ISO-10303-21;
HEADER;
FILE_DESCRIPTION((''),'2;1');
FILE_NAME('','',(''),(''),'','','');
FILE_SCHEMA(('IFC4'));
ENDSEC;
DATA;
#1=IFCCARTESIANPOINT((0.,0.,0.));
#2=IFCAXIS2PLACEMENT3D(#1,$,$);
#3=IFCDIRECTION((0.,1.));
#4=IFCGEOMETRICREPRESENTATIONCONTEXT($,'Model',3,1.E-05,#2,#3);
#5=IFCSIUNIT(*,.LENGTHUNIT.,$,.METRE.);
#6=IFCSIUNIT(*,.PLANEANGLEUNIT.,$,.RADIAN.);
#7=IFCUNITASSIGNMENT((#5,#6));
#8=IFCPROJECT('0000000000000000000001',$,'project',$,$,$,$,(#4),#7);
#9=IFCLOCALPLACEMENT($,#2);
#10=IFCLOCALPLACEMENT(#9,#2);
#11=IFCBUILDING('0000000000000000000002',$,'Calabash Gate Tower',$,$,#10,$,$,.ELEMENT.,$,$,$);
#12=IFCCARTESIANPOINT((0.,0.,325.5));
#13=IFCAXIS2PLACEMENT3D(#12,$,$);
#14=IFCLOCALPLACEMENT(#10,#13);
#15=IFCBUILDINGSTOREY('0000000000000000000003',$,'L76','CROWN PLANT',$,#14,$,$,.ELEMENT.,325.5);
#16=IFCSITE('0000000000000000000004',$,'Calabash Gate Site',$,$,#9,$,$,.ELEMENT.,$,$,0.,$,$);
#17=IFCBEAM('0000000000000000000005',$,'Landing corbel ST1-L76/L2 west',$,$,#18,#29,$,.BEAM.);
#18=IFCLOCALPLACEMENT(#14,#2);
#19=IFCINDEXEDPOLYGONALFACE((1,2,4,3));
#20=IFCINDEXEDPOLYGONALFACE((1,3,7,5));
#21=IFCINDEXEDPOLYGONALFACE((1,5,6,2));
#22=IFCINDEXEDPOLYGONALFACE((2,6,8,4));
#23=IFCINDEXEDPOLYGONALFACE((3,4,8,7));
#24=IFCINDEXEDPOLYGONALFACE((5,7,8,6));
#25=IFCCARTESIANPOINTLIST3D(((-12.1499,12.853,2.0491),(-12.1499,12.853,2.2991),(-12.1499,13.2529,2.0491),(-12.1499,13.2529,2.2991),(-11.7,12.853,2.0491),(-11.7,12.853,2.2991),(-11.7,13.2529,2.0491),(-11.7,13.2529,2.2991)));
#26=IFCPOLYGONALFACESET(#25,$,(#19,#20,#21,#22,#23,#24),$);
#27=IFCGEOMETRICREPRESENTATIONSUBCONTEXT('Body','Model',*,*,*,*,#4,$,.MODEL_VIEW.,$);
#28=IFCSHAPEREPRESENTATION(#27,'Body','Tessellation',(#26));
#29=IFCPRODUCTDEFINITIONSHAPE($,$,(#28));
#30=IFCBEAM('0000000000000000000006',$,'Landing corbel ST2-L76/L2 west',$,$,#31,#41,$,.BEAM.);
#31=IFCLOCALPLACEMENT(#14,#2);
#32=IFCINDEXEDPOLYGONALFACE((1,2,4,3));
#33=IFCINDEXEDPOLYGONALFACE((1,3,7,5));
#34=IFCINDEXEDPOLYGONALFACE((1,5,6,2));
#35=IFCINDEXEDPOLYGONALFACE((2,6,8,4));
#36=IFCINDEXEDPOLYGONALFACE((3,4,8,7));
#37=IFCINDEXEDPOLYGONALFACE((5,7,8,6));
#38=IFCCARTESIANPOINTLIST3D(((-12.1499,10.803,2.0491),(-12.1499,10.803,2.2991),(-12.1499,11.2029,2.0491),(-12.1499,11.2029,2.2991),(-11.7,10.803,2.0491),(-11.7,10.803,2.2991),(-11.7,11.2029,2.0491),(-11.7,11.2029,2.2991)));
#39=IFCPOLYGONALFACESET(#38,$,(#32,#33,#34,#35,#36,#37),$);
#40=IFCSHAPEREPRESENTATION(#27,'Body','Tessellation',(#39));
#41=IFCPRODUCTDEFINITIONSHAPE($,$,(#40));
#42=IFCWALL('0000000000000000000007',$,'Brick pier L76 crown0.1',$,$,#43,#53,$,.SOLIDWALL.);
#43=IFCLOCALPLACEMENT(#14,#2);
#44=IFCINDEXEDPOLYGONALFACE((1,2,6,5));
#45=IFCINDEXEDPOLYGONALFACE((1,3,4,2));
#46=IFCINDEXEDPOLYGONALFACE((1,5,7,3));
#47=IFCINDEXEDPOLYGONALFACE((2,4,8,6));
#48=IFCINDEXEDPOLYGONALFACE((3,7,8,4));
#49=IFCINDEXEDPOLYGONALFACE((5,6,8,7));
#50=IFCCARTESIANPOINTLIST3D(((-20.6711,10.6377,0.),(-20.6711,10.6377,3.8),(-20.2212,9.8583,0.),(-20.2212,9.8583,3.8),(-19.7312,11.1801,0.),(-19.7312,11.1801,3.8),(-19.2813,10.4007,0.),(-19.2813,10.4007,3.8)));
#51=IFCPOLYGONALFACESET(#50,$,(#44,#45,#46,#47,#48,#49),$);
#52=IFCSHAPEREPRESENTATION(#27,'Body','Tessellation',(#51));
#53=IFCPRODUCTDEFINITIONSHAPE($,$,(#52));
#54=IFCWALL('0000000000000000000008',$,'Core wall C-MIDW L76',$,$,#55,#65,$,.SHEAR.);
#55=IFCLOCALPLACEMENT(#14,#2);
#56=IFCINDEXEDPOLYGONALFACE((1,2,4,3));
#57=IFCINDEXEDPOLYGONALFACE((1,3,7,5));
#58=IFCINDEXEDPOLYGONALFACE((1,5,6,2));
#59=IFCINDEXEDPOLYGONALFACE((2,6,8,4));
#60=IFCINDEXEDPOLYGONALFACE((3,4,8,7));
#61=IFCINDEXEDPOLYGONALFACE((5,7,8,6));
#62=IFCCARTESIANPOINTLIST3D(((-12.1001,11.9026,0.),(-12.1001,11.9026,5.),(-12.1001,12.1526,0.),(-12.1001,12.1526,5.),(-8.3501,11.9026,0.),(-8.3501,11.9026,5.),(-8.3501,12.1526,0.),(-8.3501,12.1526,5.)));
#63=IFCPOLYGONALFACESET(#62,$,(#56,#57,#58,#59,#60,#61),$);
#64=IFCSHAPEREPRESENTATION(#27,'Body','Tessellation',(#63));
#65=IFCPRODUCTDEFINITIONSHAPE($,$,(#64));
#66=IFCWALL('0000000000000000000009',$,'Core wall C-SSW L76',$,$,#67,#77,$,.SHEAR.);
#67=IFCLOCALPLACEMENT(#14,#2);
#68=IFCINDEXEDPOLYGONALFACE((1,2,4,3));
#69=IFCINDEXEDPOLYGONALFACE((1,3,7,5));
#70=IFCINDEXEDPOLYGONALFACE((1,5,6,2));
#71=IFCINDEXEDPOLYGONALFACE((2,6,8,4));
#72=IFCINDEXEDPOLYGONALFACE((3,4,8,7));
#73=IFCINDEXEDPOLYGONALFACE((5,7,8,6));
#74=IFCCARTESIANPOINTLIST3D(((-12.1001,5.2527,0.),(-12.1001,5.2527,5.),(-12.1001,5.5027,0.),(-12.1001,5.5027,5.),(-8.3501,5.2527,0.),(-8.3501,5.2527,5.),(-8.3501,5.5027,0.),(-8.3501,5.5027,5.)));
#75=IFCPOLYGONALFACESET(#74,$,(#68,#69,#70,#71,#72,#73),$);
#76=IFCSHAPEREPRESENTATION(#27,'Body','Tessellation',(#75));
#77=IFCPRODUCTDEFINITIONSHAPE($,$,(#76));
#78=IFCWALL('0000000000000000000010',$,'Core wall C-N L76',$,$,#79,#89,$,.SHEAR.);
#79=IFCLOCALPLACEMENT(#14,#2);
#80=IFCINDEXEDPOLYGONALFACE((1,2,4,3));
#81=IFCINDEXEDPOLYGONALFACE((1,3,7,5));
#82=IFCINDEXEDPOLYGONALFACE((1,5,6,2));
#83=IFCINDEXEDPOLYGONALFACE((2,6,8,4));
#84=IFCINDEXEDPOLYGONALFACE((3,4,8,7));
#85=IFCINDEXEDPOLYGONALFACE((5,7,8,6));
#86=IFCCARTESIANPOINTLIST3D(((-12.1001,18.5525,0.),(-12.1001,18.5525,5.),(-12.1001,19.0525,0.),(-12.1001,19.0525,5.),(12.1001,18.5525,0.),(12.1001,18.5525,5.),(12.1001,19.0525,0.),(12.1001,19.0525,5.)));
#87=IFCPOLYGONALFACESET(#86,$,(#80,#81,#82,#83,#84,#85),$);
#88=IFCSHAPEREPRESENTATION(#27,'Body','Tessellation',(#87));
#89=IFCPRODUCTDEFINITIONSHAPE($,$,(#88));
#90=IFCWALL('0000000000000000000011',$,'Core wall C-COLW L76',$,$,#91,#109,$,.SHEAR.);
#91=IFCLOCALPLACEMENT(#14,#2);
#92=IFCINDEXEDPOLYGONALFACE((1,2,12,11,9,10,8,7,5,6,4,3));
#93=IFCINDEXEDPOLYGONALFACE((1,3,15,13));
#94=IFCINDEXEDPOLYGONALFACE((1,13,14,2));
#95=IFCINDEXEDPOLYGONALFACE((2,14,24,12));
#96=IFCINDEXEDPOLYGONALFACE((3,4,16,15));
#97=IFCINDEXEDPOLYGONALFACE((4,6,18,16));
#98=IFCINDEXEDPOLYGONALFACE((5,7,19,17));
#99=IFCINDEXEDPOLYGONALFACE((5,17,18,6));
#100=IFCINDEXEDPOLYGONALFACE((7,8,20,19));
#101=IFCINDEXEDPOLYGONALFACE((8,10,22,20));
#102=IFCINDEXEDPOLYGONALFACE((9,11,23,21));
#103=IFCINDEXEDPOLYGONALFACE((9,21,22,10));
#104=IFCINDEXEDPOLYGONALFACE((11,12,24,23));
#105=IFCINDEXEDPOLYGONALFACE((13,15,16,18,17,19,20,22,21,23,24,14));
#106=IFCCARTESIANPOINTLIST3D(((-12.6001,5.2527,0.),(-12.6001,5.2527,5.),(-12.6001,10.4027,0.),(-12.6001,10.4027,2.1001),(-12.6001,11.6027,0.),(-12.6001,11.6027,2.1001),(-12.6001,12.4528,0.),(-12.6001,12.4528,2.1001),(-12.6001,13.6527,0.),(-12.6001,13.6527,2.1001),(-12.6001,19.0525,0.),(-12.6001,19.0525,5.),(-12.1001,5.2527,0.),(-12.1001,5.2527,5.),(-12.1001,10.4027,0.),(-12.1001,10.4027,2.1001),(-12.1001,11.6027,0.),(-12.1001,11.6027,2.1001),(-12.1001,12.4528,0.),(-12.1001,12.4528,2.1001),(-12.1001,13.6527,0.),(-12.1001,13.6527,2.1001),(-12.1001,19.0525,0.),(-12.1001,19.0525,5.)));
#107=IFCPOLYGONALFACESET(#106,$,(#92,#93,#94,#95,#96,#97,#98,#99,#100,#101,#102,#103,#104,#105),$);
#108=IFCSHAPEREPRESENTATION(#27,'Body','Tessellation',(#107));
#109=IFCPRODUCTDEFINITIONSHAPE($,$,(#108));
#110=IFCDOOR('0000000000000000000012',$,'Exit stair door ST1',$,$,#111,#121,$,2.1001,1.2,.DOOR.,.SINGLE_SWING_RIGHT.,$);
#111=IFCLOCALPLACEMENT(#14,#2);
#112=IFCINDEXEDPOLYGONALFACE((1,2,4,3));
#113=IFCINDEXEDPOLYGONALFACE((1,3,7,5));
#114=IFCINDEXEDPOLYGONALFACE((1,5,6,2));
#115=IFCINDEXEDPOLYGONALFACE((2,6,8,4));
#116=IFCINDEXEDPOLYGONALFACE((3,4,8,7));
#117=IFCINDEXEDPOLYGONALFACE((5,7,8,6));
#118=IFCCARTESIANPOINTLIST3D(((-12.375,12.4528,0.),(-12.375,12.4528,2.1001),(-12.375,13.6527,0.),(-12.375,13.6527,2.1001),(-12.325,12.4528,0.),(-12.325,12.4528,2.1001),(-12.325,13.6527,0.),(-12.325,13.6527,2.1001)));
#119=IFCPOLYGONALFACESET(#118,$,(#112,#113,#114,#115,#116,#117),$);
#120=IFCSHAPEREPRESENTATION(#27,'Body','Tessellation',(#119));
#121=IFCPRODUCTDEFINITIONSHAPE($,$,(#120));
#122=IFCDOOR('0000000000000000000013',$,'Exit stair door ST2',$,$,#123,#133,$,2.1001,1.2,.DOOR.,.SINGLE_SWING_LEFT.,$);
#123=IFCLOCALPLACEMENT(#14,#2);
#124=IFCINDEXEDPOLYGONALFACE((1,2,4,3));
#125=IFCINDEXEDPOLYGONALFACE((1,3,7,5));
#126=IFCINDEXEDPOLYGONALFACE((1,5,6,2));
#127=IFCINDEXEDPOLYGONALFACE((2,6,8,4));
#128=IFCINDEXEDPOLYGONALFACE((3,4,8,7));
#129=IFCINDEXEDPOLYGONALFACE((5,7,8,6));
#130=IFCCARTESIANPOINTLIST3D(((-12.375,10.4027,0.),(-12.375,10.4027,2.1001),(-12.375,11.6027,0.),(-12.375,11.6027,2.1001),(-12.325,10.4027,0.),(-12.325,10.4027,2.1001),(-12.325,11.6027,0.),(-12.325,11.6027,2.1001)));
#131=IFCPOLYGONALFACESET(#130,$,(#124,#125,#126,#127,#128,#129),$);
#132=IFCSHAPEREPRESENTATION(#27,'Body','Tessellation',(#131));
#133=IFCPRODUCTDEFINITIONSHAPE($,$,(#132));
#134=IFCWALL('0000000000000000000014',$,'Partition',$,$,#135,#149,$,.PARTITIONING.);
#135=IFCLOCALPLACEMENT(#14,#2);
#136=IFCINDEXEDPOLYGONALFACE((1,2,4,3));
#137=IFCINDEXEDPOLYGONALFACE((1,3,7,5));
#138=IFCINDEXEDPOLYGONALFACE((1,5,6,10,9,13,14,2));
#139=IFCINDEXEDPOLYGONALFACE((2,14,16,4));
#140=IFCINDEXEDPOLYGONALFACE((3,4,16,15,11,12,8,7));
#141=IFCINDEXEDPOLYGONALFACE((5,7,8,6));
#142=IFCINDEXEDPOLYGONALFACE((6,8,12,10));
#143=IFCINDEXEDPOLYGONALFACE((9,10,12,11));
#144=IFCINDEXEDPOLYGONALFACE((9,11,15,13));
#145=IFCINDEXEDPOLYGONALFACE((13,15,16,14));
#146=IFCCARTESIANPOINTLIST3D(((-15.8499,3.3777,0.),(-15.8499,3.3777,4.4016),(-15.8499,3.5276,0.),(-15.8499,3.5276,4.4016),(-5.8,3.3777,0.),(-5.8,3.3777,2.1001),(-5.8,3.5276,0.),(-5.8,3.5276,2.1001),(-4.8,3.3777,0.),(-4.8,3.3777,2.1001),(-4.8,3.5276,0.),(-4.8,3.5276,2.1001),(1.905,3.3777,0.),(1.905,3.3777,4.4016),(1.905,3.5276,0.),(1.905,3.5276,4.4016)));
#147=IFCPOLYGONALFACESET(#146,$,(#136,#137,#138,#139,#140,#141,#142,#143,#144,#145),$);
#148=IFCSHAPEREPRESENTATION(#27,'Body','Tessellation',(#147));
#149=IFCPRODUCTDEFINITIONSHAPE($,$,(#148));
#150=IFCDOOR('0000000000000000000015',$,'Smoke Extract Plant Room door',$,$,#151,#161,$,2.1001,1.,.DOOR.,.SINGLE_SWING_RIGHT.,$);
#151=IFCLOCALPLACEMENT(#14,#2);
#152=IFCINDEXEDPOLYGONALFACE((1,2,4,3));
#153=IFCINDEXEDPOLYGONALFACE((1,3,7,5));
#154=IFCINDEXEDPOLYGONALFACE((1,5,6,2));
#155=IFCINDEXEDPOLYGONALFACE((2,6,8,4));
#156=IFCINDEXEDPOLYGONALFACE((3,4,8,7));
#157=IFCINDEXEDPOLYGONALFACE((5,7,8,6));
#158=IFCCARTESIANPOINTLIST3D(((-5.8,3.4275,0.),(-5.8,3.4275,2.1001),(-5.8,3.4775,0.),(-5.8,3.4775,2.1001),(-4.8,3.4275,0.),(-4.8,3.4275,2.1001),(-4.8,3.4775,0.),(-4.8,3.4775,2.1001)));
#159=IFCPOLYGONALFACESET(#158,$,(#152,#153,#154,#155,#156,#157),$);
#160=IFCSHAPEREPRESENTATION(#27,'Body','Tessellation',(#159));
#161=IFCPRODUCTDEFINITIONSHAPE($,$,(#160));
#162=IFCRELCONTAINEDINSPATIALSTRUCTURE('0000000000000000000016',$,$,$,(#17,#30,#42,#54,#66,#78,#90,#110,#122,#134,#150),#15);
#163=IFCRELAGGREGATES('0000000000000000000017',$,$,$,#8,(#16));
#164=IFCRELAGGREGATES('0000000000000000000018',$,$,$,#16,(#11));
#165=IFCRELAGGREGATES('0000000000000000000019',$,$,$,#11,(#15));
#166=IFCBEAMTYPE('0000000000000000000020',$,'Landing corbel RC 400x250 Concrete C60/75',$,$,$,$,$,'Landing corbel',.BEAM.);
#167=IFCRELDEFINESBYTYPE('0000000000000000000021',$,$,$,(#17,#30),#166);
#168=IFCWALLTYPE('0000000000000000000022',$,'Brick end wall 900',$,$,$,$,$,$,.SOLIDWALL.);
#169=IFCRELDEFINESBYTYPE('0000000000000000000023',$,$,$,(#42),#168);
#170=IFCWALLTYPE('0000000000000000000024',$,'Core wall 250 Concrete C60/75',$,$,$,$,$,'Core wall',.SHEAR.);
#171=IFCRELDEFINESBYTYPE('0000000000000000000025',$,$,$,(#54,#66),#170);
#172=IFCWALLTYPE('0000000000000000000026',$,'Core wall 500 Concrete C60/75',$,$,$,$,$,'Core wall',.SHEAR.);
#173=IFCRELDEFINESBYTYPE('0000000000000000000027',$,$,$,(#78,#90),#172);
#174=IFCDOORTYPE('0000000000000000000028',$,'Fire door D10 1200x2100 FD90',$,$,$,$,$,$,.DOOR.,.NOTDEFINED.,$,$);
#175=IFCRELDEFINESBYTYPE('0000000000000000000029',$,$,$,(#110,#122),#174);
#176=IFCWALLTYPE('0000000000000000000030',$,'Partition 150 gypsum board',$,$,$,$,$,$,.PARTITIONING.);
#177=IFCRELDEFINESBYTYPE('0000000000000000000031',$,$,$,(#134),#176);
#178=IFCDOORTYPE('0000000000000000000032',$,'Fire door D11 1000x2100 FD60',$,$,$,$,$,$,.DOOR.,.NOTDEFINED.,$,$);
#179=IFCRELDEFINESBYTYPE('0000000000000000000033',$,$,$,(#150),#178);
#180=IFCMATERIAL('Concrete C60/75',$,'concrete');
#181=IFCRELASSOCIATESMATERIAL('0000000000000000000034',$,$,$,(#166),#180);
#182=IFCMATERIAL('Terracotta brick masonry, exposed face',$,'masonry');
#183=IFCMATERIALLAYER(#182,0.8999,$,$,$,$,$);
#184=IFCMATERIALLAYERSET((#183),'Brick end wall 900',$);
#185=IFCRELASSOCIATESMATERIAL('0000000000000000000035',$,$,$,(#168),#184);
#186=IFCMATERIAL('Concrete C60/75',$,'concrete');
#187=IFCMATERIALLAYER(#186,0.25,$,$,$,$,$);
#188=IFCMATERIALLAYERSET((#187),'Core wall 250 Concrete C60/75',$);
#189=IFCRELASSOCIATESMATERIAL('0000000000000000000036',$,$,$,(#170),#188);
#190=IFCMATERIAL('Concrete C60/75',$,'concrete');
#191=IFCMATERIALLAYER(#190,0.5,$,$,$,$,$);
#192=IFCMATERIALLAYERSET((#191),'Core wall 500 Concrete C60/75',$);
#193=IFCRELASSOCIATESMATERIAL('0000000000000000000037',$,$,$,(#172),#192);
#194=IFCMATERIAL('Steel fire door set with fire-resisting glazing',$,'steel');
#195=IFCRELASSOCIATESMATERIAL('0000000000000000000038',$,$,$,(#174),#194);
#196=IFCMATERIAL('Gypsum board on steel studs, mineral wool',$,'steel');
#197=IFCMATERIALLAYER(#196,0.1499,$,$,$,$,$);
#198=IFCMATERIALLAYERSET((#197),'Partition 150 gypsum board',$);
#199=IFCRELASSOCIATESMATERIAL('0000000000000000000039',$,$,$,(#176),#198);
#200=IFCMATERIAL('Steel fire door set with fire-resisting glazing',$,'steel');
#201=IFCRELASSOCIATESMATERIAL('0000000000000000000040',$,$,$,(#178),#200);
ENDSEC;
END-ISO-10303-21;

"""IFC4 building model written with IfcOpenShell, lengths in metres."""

from ifc_helpers import new_model, si_unit, direction, frame, frame_2d, origin, origin_2d, place, context, subcontext, project, spatial, rectangle, extrude, material, layer, layer_set, material_profile, profile_set, type_object, element, fill, save


model = new_model("IFC4")

# Units and contexts
model_context = context("Model", 3, precision=1e-05, world=origin(), true_north=direction((0.0, 1.0)))
body_context = subcontext(model_context, "Body", "Model", "MODEL_VIEW")
ifc_project = project(units=[si_unit("LENGTHUNIT", "METRE"), si_unit("PLANEANGLEUNIT", "RADIAN")], contexts=[model_context])

# Site, building, storey
site_placement = place(None, origin())
site = spatial("IfcSite", under=ifc_project, at=site_placement, Name="Calabash Gate Site", CompositionType="ELEMENT", RefElevation=0.0)
building_placement = place(site_placement, origin())
building = spatial("IfcBuilding", under=site, at=building_placement, Name="Calabash Gate Tower", CompositionType="ELEMENT")
storey_placement = place(building_placement, frame((0.0, 0.0, 325.5)))
storey = spatial("IfcBuildingStorey", under=building, at=storey_placement, Name="L76", Description="CROWN PLANT", CompositionType="ELEMENT", Elevation=325.5)

# Beams
ifc_material_1 = material(Name="Concrete C60/75", Category="concrete")
ifc_material_profile_1 = material_profile(ifc_material_1, rectangle(XDim=0.3999, YDim=0.25, at=origin_2d()))
ifc_profile_set_1 = profile_set([ifc_material_profile_1], Name="Concrete C60/75")
beam_type_1 = type_object("IfcBeamType", Name="Landing corbel RC 400x250 Concrete C60/75", ElementType="Landing corbel", PredefinedType="BEAM", material=ifc_profile_set_1)
for number, where, z_axis, x_axis, name in (
    (1, (-12.1499, 13.053, 2.1741), (1.0, 0.0, 0.0), (0.0, 1.0, 0.0), "Landing corbel ST1-L76/L2 west"),
    (2, (-12.1499, 11.0029, 2.1741), (1.0, 0.0, 0.0), (0.0, 1.0, 0.0), "Landing corbel ST2-L76/L2 west"),
):
    element("IfcBeam", number, at=place(storey_placement, frame(where, z_axis=z_axis, x_axis=x_axis)), inside=storey, type_object=beam_type_1, Name=name, PredefinedType="BEAM", context=body_context, shape_type="SweptSolid", body=[
        extrude(rectangle(XDim=0.3999, YDim=0.25, at=origin_2d()), origin(), (0.0, 0.0, 1.0), 0.45),
    ])

# Walls
ifc_material_2 = material(Name="Terracotta brick masonry, exposed face", Category="masonry")
ifc_layer_1 = layer(ifc_material_2, 0.8999)
ifc_layer_set_1 = layer_set([ifc_layer_1], Name="Brick end wall 900")
wall_type_1 = type_object("IfcWallType", Name="Brick end wall 900", PredefinedType="SOLIDWALL", material=ifc_layer_set_1)
wall_1_placement = place(storey_placement, frame((-20.446, 10.248, 0.0), z_axis=(0.0, 0.0, 1.0), x_axis=(0.866103, 0.499865, 0.0)))
element("IfcWall", 3, at=wall_1_placement, inside=storey, type_object=wall_type_1, Name="Brick pier L76 crown0.1", PredefinedType="SOLIDWALL", context=body_context, shape_type="SweptSolid", body=[
    extrude(rectangle(XDim=1.0852, YDim=0.8999, at=frame_2d((0.5425, 0.0))), origin(), (0.0, 0.0, 1.0), 3.8),
])
ifc_material_3 = material(Name="Concrete C60/75", Category="concrete")
ifc_layer_2 = layer(ifc_material_3, 0.25)
ifc_layer_set_2 = layer_set([ifc_layer_2], Name="Core wall 250 Concrete C60/75")
wall_type_2 = type_object("IfcWallType", Name="Core wall 250 Concrete C60/75", ElementType="Core wall", PredefinedType="SHEAR", material=ifc_layer_set_2)
for number, where, z_axis, x_axis, name in (
    (4, (-12.1001, 12.0276, 0.0), (0.0, 0.0, 1.0), (1.0, 0.0, 0.0), "Core wall C-MIDW L76"),
    (5, (-12.1001, 5.3777, 0.0), (0.0, 0.0, 1.0), (1.0, 0.0, 0.0), "Core wall C-SSW L76"),
):
    element("IfcWall", number, at=place(storey_placement, frame(where, z_axis=z_axis, x_axis=x_axis)), inside=storey, type_object=wall_type_2, Name=name, PredefinedType="SHEAR", context=body_context, shape_type="SweptSolid", body=[
        extrude(rectangle(XDim=3.75, YDim=0.25, at=frame_2d((1.875, 0.0))), origin(), (0.0, 0.0, 1.0), 5.0),
    ])
ifc_material_4 = material(Name="Concrete C60/75", Category="concrete")
ifc_layer_3 = layer(ifc_material_4, 0.5)
ifc_layer_set_3 = layer_set([ifc_layer_3], Name="Core wall 500 Concrete C60/75")
wall_type_3 = type_object("IfcWallType", Name="Core wall 500 Concrete C60/75", ElementType="Core wall", PredefinedType="SHEAR", material=ifc_layer_set_3)
wall_2_placement = place(storey_placement, frame((-12.1001, 18.8025, 0.0), z_axis=(0.0, 0.0, 1.0), x_axis=(1.0, 0.0, 0.0)))
element("IfcWall", 6, at=wall_2_placement, inside=storey, type_object=wall_type_3, Name="Core wall C-N L76", PredefinedType="SHEAR", context=body_context, shape_type="SweptSolid", body=[
    extrude(rectangle(XDim=24.2002, YDim=0.5, at=frame_2d((12.1001, 0.0))), origin(), (0.0, 0.0, 1.0), 5.0),
])

# Wall, openings, doors
wall_3_placement = place(storey_placement, frame((-12.3501, 5.2527, 0.0), z_axis=(0.0, 0.0, 1.0), x_axis=(0.0, 1.0, 0.0)))
wall_3 = element("IfcWall", 7, at=wall_3_placement, inside=storey, type_object=wall_type_3, Name="Core wall C-COLW L76", PredefinedType="SHEAR", context=body_context, shape_type="SweptSolid", body=[
    extrude(rectangle(XDim=13.7998, YDim=0.5, at=frame_2d((6.8999, 0.0))), origin(), (0.0, 0.0, 1.0), 5.0),
])
opening_1_placement = place(wall_3_placement, frame((7.2, 0.0, 0.0)))
opening_1 = element("IfcOpeningElement", 8, at=opening_1_placement, cuts=wall_3, PredefinedType="OPENING", context=body_context, shape_type="SweptSolid", body=[
    extrude(rectangle(XDim=1.2, YDim=2.1001, at=frame_2d((0.6001, 1.05))), frame((0.0, 0.26, 0.0), z_axis=(0.0, -1.0, 0.0), x_axis=(1.0, 0.0, 0.0)), (0.0, 0.0, 1.0), 0.52),
])
opening_2_placement = place(wall_3_placement, frame((5.1499, 0.0, 0.0)))
opening_2 = element("IfcOpeningElement", 9, at=opening_2_placement, cuts=wall_3, PredefinedType="OPENING", context=body_context, shape_type="SweptSolid", body=[
    extrude(rectangle(XDim=1.2, YDim=2.1001, at=frame_2d((0.6001, 1.05))), frame((0.0, 0.26, 0.0), z_axis=(0.0, -1.0, 0.0), x_axis=(1.0, 0.0, 0.0)), (0.0, 0.0, 1.0), 0.52),
])
ifc_material_5 = material(Name="Steel fire door set with fire-resisting glazing", Category="steel")
door_type_1 = type_object("IfcDoorType", Name="Fire door D10 1200x2100 FD90", OperationType="NOTDEFINED", PredefinedType="DOOR", material=ifc_material_5)
door_1_placement = place(opening_1_placement, origin())
door_1 = element("IfcDoor", 10, at=door_1_placement, inside=storey, type_object=door_type_1, Name="Exit stair door ST1", OperationType="SINGLE_SWING_RIGHT", OverallHeight=2.1001, OverallWidth=1.2, PredefinedType="DOOR", context=body_context, shape_type="SweptSolid", body=[
    extrude(rectangle(XDim=1.2, YDim=2.1001, at=frame_2d((0.6001, 1.05))), frame((0.0, 0.0249, 0.0), z_axis=(0.0, -1.0, 0.0), x_axis=(1.0, 0.0, 0.0)), (0.0, 0.0, 1.0), 0.05),
])
fill(opening_1, door_1)
door_2_placement = place(opening_2_placement, origin())
door_2 = element("IfcDoor", 11, at=door_2_placement, inside=storey, type_object=door_type_1, Name="Exit stair door ST2", OperationType="SINGLE_SWING_LEFT", OverallHeight=2.1001, OverallWidth=1.2, PredefinedType="DOOR", context=body_context, shape_type="SweptSolid", body=[
    extrude(rectangle(XDim=1.2, YDim=2.1001, at=frame_2d((0.6001, 1.05))), frame((0.0, 0.0249, 0.0), z_axis=(0.0, -1.0, 0.0), x_axis=(1.0, 0.0, 0.0)), (0.0, 0.0, 1.0), 0.05),
])
fill(opening_2, door_2)

# Wall, opening, door
ifc_material_6 = material(Name="Gypsum board on steel studs, mineral wool", Category="steel")
ifc_layer_4 = layer(ifc_material_6, 0.1499)
ifc_layer_set_4 = layer_set([ifc_layer_4], Name="Partition 150 gypsum board")
wall_type_4 = type_object("IfcWallType", Name="Partition 150 gypsum board", PredefinedType="PARTITIONING", material=ifc_layer_set_4)
wall_4_placement = place(storey_placement, frame((-15.8499, 3.4526, 0.0), z_axis=(0.0, 0.0, 1.0), x_axis=(1.0, 0.0, 0.0)))
wall_4 = element("IfcWall", 12, at=wall_4_placement, inside=storey, type_object=wall_type_4, Name="Partition", PredefinedType="PARTITIONING", context=body_context, shape_type="SweptSolid", body=[
    extrude(rectangle(XDim=17.7549, YDim=0.1499, at=frame_2d((8.8774, 0.0))), origin(), (0.0, 0.0, 1.0), 4.4016),
])
opening_3_placement = place(wall_4_placement, frame((10.0498, 0.0, 0.0)))
opening_3 = element("IfcOpeningElement", 13, at=opening_3_placement, cuts=wall_4, PredefinedType="OPENING", context=body_context, shape_type="SweptSolid", body=[
    extrude(rectangle(XDim=1.0, YDim=2.1001, at=frame_2d((0.5, 1.05))), frame((0.0, 0.085, 0.0), z_axis=(0.0, -1.0, 0.0), x_axis=(1.0, 0.0, 0.0)), (0.0, 0.0, 1.0), 0.1699),
])
ifc_material_7 = material(Name="Steel fire door set with fire-resisting glazing", Category="steel")
door_type_2 = type_object("IfcDoorType", Name="Fire door D11 1000x2100 FD60", OperationType="NOTDEFINED", PredefinedType="DOOR", material=ifc_material_7)
door_3_placement = place(opening_3_placement, origin())
door_3 = element("IfcDoor", 14, at=door_3_placement, inside=storey, type_object=door_type_2, Name="Smoke Extract Plant Room door", OperationType="SINGLE_SWING_RIGHT", OverallHeight=2.1001, OverallWidth=1.0, PredefinedType="DOOR", context=body_context, shape_type="SweptSolid", body=[
    extrude(rectangle(XDim=1.0, YDim=2.1001, at=frame_2d((0.5, 1.05))), frame((0.0, 0.0249, 0.0), z_axis=(0.0, -1.0, 0.0), x_axis=(1.0, 0.0, 0.0)), (0.0, 0.0, 1.0), 0.05),
])
fill(opening_3, door_3)

save(model, "model.ifc")
